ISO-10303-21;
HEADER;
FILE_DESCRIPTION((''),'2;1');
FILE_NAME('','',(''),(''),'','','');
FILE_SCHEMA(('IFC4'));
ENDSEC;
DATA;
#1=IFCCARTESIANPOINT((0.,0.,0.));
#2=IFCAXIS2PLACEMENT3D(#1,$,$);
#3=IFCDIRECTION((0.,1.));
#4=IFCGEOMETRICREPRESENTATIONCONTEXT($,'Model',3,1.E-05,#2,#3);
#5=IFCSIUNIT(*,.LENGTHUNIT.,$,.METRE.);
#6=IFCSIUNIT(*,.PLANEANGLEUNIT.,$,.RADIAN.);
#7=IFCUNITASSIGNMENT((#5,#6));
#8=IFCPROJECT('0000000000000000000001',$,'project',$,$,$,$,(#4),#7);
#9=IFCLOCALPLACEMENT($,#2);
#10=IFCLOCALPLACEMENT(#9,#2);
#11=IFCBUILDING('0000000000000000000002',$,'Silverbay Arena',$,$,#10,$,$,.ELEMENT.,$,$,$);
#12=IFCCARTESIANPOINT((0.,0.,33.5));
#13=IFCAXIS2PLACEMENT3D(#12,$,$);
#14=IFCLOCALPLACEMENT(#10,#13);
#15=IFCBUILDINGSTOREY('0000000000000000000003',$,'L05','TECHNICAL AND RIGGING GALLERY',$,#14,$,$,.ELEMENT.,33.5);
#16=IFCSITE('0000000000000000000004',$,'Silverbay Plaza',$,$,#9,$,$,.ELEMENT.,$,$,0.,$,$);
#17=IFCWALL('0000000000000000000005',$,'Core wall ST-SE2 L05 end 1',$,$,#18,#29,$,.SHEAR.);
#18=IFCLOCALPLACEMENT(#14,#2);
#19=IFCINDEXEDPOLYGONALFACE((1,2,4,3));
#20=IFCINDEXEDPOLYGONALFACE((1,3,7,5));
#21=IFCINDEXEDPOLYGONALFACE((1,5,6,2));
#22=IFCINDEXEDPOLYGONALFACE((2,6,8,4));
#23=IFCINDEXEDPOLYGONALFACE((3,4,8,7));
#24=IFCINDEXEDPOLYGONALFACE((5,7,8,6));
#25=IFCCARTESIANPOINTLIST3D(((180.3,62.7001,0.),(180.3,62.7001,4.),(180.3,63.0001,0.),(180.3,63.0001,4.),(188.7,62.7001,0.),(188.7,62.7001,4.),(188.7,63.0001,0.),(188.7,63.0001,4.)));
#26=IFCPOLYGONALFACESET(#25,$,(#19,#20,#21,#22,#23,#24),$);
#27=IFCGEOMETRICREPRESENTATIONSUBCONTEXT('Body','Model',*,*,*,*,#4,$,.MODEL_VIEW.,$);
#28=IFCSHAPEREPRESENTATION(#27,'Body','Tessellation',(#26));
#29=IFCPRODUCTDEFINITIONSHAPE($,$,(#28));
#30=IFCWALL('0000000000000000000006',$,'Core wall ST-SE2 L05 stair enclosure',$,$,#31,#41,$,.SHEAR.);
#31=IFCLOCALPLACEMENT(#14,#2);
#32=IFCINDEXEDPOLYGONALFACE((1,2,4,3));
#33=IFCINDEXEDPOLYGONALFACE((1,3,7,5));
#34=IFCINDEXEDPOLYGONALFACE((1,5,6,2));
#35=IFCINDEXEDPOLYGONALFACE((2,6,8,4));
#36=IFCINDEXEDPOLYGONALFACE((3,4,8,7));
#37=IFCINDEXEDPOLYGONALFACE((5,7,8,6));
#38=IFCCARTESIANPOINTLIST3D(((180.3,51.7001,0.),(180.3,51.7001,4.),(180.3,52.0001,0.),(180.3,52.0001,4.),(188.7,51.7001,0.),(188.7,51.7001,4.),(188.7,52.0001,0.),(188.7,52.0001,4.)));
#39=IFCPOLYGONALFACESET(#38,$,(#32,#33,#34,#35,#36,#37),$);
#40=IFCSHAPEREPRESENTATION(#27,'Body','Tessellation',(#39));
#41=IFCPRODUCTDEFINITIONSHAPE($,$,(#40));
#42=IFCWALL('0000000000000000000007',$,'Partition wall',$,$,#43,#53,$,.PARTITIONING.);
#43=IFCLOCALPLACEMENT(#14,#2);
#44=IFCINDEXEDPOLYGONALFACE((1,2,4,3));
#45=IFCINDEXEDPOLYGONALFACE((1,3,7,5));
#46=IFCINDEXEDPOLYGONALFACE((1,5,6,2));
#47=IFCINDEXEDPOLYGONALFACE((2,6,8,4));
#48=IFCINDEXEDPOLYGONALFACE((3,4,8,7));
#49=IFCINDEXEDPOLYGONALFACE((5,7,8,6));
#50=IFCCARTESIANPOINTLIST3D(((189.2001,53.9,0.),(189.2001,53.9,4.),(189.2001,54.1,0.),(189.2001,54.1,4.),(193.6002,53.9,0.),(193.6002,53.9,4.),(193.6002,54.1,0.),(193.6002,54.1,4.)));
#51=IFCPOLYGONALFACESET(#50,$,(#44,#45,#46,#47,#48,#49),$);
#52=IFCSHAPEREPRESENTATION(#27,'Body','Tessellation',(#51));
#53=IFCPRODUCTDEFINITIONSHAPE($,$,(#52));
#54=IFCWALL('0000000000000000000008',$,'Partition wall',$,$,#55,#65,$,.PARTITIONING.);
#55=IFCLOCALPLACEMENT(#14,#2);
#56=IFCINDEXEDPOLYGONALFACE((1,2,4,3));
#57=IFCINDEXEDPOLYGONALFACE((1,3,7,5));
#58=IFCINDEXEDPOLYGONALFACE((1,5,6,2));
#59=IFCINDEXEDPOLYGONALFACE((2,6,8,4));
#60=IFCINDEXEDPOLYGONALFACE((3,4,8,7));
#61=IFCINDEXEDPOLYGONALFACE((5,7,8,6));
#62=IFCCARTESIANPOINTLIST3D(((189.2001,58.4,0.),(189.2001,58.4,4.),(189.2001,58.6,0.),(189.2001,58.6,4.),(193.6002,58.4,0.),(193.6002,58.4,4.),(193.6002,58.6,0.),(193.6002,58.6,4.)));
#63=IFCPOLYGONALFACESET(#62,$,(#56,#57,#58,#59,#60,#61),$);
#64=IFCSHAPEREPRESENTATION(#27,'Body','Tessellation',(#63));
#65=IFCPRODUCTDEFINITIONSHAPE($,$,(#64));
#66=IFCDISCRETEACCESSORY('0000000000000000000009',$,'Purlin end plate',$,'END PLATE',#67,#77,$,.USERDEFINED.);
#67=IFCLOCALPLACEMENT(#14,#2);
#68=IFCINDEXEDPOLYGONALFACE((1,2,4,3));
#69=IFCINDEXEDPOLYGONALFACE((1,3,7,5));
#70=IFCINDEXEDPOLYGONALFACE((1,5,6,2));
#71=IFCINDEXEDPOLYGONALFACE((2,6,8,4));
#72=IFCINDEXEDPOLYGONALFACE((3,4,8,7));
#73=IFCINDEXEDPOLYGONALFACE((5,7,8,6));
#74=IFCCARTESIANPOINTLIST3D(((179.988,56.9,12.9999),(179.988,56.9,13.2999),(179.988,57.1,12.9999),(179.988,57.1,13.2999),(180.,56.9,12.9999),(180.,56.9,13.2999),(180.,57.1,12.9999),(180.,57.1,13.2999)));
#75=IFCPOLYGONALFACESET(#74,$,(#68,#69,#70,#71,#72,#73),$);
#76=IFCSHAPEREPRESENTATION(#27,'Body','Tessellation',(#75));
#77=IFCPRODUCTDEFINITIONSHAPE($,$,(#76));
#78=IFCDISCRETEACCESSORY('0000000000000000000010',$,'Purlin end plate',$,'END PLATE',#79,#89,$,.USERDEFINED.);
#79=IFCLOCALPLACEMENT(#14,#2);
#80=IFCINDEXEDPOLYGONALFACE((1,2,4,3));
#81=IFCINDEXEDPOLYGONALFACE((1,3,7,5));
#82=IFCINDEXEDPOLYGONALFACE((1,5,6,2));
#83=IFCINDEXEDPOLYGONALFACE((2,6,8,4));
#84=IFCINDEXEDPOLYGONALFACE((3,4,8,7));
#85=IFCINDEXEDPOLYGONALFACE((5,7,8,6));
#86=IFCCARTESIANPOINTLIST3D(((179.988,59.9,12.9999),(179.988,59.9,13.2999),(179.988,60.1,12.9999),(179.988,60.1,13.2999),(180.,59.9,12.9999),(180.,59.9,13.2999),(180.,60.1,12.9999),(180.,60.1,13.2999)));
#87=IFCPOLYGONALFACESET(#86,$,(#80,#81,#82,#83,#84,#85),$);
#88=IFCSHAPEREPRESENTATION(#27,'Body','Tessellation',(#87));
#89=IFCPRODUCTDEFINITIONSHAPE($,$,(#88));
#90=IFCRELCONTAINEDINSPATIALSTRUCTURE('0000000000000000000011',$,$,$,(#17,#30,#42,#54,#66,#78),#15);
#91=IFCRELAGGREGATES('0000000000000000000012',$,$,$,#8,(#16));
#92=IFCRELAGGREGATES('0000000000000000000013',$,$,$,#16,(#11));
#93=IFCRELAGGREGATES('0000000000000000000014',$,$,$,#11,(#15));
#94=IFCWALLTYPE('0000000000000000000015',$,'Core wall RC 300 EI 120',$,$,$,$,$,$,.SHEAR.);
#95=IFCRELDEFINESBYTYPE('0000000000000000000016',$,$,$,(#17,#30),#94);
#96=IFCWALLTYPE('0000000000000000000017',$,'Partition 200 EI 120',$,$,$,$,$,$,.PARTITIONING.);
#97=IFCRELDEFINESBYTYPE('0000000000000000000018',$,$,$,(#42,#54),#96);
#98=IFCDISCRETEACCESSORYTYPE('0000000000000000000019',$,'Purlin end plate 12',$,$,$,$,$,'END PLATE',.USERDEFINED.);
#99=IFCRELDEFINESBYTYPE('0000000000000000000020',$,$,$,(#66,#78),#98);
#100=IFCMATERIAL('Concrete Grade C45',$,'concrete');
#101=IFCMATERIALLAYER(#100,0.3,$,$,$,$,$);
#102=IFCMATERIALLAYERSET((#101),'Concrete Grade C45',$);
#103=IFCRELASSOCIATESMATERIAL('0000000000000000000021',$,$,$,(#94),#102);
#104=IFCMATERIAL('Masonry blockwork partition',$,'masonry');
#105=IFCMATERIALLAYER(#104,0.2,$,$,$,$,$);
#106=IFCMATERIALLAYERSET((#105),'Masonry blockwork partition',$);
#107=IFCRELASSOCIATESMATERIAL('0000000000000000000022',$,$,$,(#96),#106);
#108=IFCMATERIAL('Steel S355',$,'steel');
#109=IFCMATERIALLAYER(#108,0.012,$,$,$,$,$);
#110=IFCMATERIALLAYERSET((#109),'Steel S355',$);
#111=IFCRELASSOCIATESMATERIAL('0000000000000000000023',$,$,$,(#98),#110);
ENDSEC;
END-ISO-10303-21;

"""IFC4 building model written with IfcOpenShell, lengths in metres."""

from ifc_helpers import new_model, si_unit, direction, frame, frame_2d, origin, origin_2d, place, context, subcontext, project, spatial, rectangle, extrude, material, layer, layer_set, type_object, element, save


model = new_model("IFC4")

# Units and contexts
model_context = context("Model", 3, precision=1e-05, world=origin(), true_north=direction((0.0, 1.0)))
body_context = subcontext(model_context, "Body", "Model", "MODEL_VIEW")
ifc_project = project(units=[si_unit("LENGTHUNIT", "METRE"), si_unit("PLANEANGLEUNIT", "RADIAN")], contexts=[model_context])

# Site, building, storey
site_placement = place(None, origin())
site = spatial("IfcSite", under=ifc_project, at=site_placement, Name="Silverbay Plaza", CompositionType="ELEMENT", RefElevation=0.0)
building_placement = place(site_placement, origin())
building = spatial("IfcBuilding", under=site, at=building_placement, Name="Silverbay Arena", CompositionType="ELEMENT")
storey_placement = place(building_placement, frame((0.0, 0.0, 33.5)))
storey = spatial("IfcBuildingStorey", under=building, at=storey_placement, Name="L05", Description="TECHNICAL AND RIGGING GALLERY", CompositionType="ELEMENT", Elevation=33.5)

# Shared definitions
ifc_material_1 = material(Name="Concrete Grade C45", Category="concrete")
ifc_layer_1 = layer(ifc_material_1, 0.3)
ifc_layer_set_1 = layer_set([ifc_layer_1], Name="Concrete Grade C45")
wall_type_1 = type_object("IfcWallType", Name="Core wall RC 300 EI 120", PredefinedType="SHEAR", material=ifc_layer_set_1)

# Walls
for number, where, z_axis, x_axis, name in (
    (1, (180.3, 62.8501, 0.0), (0.0, 0.0, 1.0), (1.0, 0.0, 0.0), "Core wall ST-SE2 L05 end 1"),
    (2, (180.3, 51.8501, 0.0), (0.0, 0.0, 1.0), (1.0, 0.0, 0.0), "Core wall ST-SE2 L05 stair enclosure"),
):
    element("IfcWall", number, at=place(storey_placement, frame(where, z_axis=z_axis, x_axis=x_axis)), inside=storey, type_object=wall_type_1, Name=name, PredefinedType="SHEAR", context=body_context, shape_type="SweptSolid", body=[
        extrude(rectangle(XDim=8.3999, YDim=0.3, at=frame_2d((4.2, 0.0))), origin(), (0.0, 0.0, 1.0), 4.0),
    ])
ifc_material_2 = material(Name="Masonry blockwork partition", Category="masonry")
ifc_layer_2 = layer(ifc_material_2, 0.2)
ifc_layer_set_2 = layer_set([ifc_layer_2], Name="Masonry blockwork partition")
wall_type_2 = type_object("IfcWallType", Name="Partition 200 EI 120", PredefinedType="PARTITIONING", material=ifc_layer_set_2)
for number, where, z_axis, x_axis, name in (
    (3, (189.2, 54.0, 0.0), (0.0, 0.0, 1.0), (1.0, 0.0, 0.0), "Partition wall"),
    (4, (189.2, 58.5, 0.0), (0.0, 0.0, 1.0), (1.0, 0.0, 0.0), "Partition wall"),
):
    element("IfcWall", number, at=place(storey_placement, frame(where, z_axis=z_axis, x_axis=x_axis)), inside=storey, type_object=wall_type_2, Name=name, PredefinedType="PARTITIONING", context=body_context, shape_type="SweptSolid", body=[
        extrude(rectangle(XDim=4.4001, YDim=0.2, at=frame_2d((2.2002, 0.0))), origin(), (0.0, 0.0, 1.0), 4.0),
    ])

# Discrete accessories
ifc_material_3 = material(Name="Steel S355", Category="steel")
ifc_layer_3 = layer(ifc_material_3, 0.012)
ifc_layer_set_3 = layer_set([ifc_layer_3], Name="Steel S355")
discrete_accessory_type = type_object("IfcDiscreteAccessoryType", Name="Purlin end plate 12", ElementType="END PLATE", PredefinedType="USERDEFINED", material=ifc_layer_set_3)
for number, where, z_axis, x_axis, name in (
    (5, (180.0, 57.0, 13.1499), (-1.0, 0.0, 0.0), (0.0, -1.0, 0.0), "Purlin end plate"),
    (6, (180.0, 60.0, 13.1499), (-1.0, 0.0, 0.0), (0.0, -1.0, 0.0), "Purlin end plate"),
):
    element("IfcDiscreteAccessory", number, at=place(storey_placement, frame(where, z_axis=z_axis, x_axis=x_axis)), inside=storey, type_object=discrete_accessory_type, Name=name, ObjectType="END PLATE", PredefinedType="USERDEFINED", context=body_context, shape_type="SweptSolid", body=[
        extrude(rectangle(XDim=0.2, YDim=0.3, at=origin_2d()), origin(), (0.0, 0.0, 1.0), 0.012),
    ])

save(model, "model.ifc")
